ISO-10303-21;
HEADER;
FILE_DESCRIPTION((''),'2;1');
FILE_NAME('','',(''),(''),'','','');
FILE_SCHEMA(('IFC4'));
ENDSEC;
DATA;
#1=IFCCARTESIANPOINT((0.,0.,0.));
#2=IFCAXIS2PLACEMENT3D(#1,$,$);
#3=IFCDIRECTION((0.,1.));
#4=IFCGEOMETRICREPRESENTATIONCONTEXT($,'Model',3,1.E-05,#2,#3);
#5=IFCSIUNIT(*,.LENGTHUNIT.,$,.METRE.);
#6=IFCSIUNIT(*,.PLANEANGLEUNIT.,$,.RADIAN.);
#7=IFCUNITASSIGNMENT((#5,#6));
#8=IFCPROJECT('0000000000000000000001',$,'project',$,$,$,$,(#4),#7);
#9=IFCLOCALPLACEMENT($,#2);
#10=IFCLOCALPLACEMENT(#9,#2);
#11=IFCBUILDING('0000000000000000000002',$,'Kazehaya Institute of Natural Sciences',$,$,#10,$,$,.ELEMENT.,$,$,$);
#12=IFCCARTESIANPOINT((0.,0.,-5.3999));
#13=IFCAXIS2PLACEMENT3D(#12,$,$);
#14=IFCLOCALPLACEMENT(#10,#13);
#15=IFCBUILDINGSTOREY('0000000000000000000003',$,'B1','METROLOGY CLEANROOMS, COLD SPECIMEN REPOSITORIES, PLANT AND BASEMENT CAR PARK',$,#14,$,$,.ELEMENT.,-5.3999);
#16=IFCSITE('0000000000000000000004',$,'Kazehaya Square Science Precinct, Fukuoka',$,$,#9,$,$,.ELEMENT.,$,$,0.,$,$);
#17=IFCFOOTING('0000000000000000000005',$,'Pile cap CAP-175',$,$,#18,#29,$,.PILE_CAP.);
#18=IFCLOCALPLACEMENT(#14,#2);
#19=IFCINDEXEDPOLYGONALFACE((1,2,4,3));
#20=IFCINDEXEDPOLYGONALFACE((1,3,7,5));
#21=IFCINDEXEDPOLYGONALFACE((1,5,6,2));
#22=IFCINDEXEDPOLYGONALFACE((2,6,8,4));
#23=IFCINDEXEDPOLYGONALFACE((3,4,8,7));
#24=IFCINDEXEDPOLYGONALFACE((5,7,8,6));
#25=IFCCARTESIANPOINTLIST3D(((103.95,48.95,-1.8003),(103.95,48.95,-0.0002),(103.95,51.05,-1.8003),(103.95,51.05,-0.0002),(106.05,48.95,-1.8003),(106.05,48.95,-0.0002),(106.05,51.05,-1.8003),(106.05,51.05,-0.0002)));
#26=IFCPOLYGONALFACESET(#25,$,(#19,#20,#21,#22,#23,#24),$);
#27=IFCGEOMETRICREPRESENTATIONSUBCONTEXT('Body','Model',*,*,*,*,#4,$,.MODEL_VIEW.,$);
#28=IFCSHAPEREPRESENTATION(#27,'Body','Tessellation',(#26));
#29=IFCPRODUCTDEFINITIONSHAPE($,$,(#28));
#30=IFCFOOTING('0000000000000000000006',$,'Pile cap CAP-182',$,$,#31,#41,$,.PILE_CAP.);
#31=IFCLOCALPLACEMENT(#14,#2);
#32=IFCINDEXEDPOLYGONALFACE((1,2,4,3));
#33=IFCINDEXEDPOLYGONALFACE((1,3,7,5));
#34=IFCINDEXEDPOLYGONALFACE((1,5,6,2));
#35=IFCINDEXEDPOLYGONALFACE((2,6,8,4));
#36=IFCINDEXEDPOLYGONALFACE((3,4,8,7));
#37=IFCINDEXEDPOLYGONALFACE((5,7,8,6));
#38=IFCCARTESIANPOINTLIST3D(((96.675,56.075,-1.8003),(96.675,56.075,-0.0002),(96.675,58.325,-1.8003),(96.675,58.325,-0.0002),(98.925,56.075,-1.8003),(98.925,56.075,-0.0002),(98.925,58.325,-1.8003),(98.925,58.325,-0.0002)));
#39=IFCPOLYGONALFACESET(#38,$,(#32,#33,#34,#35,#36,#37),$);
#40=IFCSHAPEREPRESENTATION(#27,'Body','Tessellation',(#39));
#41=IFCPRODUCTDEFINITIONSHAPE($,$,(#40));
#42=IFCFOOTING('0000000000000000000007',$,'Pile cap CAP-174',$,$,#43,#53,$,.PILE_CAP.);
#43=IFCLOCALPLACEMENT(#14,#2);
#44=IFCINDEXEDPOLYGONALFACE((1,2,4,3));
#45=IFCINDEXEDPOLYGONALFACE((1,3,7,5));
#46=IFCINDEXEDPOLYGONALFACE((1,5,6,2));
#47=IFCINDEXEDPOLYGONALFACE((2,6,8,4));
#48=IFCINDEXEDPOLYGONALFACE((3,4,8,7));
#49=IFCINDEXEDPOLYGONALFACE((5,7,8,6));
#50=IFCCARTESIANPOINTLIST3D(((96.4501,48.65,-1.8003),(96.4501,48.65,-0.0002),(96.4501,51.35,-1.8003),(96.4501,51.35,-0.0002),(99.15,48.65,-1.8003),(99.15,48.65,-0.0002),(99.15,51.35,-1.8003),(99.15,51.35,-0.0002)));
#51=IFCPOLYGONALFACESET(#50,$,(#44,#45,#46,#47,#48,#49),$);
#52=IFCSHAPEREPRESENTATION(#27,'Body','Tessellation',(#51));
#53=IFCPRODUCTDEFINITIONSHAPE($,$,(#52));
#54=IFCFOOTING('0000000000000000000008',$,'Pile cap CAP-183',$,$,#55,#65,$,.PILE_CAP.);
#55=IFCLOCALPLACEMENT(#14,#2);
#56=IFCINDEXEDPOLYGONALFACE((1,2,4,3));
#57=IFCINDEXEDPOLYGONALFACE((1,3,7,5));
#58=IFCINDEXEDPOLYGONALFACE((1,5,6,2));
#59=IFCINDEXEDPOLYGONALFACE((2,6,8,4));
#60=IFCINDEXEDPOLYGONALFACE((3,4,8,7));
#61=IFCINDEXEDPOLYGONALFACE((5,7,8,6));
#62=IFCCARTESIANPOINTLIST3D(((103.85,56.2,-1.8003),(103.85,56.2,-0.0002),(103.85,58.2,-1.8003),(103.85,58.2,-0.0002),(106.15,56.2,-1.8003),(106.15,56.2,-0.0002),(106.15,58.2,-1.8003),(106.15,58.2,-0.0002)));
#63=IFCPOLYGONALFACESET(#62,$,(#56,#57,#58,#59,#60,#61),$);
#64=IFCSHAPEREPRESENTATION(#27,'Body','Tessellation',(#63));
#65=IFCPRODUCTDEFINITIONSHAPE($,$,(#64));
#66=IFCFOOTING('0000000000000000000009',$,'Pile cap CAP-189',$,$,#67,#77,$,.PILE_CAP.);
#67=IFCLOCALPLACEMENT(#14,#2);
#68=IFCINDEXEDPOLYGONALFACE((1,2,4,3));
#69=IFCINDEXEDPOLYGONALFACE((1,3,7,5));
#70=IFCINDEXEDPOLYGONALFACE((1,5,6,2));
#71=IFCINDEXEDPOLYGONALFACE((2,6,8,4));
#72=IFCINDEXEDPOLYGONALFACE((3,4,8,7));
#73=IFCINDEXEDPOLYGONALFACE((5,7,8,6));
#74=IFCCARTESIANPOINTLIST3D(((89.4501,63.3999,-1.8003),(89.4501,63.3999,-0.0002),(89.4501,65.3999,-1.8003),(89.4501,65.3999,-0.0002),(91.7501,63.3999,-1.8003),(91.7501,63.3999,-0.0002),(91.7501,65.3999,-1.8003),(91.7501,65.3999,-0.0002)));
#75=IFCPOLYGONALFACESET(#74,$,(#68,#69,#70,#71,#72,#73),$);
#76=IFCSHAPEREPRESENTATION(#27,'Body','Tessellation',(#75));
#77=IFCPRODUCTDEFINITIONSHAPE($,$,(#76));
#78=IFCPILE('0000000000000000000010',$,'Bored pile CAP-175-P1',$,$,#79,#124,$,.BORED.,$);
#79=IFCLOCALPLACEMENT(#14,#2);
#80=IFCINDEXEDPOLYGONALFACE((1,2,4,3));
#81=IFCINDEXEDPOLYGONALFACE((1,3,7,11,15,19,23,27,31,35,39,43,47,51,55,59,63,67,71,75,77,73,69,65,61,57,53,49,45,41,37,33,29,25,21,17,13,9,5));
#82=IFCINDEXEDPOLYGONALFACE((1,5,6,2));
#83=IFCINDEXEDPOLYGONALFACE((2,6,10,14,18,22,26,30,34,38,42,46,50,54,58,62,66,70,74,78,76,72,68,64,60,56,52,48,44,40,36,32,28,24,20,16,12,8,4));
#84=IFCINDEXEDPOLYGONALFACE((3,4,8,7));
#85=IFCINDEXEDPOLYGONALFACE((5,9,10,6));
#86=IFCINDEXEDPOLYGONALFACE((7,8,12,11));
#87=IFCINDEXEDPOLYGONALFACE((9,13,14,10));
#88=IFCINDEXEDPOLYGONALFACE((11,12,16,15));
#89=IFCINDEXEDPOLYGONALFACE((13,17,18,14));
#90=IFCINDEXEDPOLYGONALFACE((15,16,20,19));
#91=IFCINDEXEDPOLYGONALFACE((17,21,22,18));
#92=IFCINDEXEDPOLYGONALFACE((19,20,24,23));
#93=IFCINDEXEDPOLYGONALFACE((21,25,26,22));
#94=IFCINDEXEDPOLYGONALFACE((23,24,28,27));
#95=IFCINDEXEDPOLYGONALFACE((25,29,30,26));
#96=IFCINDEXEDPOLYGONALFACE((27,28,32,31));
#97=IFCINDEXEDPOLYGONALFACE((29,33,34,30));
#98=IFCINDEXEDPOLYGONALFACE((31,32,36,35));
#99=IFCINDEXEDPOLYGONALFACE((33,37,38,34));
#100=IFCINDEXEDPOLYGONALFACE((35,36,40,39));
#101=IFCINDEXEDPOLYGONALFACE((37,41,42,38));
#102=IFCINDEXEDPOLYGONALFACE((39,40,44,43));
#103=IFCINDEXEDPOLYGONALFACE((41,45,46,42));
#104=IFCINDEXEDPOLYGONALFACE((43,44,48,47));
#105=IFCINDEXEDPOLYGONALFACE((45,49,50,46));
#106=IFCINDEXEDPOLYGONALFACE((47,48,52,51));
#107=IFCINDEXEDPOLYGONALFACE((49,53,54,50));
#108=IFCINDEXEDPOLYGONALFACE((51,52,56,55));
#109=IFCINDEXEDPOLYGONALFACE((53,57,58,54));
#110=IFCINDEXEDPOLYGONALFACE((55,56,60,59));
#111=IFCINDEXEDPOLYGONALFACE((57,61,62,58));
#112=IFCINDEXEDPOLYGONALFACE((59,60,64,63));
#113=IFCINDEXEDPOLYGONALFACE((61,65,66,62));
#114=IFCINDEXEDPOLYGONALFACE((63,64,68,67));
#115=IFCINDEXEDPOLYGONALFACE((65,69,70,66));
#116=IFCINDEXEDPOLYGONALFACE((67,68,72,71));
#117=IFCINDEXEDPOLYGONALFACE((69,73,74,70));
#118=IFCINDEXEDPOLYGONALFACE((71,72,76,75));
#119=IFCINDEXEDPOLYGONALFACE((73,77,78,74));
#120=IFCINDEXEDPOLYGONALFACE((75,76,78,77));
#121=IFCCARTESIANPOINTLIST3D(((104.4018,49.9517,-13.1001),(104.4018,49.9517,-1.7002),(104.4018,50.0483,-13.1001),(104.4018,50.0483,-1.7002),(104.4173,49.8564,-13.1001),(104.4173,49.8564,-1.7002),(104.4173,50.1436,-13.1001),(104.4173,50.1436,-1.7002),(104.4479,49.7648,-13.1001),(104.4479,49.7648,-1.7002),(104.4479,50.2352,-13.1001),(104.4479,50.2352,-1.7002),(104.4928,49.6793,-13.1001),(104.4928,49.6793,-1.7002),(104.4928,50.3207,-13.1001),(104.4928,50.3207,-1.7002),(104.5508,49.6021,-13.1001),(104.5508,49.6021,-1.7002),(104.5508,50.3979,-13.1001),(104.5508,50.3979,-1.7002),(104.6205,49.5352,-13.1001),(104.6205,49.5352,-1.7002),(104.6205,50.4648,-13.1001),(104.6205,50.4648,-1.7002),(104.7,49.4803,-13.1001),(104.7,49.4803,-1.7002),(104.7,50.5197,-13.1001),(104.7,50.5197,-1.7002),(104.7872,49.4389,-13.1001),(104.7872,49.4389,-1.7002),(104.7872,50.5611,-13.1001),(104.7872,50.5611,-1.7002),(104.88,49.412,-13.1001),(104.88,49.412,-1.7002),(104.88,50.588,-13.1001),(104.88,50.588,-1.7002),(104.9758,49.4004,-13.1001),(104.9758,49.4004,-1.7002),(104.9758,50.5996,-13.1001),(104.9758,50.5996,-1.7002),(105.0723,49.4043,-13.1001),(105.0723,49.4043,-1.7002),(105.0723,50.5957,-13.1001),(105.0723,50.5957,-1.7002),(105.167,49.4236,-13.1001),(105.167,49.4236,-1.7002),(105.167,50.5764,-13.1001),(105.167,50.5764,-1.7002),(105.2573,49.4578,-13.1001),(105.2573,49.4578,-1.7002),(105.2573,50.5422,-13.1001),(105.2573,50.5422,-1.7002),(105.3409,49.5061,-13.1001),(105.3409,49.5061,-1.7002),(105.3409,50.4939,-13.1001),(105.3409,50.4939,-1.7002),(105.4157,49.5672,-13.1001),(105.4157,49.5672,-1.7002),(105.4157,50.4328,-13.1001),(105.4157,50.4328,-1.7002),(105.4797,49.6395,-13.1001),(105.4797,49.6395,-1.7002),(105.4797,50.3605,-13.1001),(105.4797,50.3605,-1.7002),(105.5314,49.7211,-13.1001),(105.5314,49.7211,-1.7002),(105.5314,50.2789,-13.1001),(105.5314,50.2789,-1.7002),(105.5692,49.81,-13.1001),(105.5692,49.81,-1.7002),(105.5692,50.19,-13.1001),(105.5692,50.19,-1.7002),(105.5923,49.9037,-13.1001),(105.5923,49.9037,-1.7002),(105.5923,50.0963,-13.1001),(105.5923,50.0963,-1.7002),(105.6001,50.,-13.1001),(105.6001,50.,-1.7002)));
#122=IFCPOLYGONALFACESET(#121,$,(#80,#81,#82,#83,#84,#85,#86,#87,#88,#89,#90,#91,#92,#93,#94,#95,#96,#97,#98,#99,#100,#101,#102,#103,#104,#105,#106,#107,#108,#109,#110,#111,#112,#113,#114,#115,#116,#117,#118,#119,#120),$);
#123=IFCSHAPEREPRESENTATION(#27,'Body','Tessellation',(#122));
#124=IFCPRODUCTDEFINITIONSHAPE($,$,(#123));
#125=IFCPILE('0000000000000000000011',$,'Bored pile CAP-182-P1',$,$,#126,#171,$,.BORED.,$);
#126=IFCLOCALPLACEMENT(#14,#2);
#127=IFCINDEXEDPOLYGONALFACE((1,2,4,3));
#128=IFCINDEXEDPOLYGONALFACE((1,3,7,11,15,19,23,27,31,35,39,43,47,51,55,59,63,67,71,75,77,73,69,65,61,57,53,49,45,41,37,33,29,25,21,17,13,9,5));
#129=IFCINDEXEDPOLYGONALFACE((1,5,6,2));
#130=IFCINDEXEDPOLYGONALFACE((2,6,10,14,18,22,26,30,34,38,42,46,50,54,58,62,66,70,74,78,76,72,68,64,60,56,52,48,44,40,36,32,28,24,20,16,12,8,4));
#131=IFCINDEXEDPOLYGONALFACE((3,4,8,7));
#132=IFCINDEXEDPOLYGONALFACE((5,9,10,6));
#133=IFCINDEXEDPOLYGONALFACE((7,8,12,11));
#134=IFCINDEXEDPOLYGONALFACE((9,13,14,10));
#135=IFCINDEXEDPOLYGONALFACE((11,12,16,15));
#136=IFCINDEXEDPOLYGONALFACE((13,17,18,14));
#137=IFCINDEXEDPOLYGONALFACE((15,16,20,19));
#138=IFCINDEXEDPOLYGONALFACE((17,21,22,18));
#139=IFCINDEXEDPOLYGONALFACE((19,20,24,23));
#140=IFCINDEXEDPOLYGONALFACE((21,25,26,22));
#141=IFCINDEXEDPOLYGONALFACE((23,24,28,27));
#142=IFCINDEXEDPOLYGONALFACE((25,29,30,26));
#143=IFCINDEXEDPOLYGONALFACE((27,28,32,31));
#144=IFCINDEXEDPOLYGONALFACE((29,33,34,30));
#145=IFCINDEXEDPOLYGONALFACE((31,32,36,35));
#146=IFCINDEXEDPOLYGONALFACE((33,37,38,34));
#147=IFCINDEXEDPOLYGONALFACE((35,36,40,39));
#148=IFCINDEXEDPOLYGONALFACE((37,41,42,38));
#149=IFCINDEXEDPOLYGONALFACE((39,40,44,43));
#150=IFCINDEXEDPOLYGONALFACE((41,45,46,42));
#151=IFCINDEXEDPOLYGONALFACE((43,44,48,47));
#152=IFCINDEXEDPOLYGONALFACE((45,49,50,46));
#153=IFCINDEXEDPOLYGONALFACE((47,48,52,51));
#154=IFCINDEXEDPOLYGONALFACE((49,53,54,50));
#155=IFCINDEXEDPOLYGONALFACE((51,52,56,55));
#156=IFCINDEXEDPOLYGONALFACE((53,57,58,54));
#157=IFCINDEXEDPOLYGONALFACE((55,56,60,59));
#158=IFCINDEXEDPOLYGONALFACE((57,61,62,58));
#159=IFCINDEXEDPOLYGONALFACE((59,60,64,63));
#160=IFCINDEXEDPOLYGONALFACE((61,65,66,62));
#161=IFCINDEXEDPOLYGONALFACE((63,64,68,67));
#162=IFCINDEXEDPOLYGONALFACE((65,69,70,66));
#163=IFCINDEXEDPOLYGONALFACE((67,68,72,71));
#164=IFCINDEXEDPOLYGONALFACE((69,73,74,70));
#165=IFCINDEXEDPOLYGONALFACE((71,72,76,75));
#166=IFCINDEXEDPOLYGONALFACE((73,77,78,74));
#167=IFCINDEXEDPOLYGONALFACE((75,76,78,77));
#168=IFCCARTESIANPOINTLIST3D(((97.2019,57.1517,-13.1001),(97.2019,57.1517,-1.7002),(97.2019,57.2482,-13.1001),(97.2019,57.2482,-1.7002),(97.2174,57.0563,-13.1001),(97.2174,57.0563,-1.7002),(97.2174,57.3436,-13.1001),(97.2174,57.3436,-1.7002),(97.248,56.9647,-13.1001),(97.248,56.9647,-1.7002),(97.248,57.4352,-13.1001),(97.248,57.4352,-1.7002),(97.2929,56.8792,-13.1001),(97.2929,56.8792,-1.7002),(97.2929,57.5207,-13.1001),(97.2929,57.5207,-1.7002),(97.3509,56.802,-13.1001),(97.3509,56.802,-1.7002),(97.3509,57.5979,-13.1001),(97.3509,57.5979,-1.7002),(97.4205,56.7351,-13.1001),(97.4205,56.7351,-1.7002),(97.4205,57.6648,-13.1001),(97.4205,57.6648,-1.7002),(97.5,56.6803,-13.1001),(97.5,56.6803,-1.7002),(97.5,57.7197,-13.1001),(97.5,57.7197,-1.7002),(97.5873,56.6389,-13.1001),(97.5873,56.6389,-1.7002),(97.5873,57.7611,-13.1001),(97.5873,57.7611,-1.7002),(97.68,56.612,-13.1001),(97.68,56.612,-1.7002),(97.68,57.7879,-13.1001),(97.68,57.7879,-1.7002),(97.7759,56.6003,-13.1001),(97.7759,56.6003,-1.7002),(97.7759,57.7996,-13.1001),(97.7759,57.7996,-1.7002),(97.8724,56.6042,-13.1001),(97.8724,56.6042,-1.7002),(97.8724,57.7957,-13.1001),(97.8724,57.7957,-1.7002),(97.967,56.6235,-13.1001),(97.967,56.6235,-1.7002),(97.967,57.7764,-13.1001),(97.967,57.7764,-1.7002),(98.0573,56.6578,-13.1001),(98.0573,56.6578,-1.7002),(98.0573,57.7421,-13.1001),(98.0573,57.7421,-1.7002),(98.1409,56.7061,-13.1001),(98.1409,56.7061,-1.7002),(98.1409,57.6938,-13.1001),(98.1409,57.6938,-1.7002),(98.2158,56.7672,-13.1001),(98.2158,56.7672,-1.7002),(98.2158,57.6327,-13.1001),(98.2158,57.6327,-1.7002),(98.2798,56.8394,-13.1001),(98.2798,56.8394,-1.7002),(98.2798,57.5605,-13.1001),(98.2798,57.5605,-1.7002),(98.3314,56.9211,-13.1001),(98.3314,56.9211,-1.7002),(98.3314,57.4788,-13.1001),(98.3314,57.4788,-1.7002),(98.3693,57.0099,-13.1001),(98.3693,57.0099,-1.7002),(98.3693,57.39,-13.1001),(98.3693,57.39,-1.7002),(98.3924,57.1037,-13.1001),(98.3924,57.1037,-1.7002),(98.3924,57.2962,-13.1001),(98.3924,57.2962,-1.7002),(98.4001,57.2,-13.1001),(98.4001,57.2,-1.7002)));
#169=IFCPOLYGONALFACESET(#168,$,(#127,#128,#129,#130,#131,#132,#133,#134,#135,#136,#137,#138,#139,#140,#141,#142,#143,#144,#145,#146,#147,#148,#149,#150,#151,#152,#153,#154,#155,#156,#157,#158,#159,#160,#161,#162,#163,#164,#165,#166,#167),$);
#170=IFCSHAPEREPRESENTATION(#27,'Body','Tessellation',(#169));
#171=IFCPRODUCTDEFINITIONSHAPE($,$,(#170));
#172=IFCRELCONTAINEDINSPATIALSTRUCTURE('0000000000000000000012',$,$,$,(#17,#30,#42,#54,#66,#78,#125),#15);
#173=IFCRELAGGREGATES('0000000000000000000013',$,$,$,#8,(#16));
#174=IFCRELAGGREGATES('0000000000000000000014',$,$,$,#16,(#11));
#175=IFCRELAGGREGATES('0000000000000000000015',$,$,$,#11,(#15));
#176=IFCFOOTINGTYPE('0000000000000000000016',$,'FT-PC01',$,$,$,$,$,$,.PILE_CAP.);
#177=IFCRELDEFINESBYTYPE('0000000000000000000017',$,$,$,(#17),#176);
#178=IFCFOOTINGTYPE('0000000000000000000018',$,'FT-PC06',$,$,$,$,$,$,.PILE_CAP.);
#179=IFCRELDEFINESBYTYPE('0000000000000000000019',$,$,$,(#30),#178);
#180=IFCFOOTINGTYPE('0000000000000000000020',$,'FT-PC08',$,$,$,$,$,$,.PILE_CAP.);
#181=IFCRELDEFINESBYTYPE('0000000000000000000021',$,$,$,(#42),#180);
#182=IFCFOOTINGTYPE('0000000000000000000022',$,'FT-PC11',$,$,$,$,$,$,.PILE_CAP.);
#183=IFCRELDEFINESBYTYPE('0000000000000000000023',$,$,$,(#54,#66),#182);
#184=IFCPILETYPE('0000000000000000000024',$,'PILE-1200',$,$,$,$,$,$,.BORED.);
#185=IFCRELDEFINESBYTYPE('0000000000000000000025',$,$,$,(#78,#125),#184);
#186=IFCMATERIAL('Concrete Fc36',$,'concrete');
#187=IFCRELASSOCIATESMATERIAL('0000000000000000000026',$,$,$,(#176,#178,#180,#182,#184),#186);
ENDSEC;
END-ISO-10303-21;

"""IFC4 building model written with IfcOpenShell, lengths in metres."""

from ifc_helpers import new_model, si_unit, direction, frame, origin, origin_2d, place, context, subcontext, project, spatial, rectangle, circle, extrude, material, material_profile, profile_set, type_object, element, save


model = new_model("IFC4")

# Units and contexts
model_context = context("Model", 3, precision=1e-05, world=origin(), true_north=direction((0.0, 1.0)))
body_context = subcontext(model_context, "Body", "Model", "MODEL_VIEW")
ifc_project = project(units=[si_unit("LENGTHUNIT", "METRE"), si_unit("PLANEANGLEUNIT", "RADIAN")], contexts=[model_context])

# Site, building, storey
site_placement = place(None, origin())
site = spatial("IfcSite", under=ifc_project, at=site_placement, Name="Kazehaya Square Science Precinct, Fukuoka", CompositionType="ELEMENT", RefElevation=0.0)
building_placement = place(site_placement, origin())
building = spatial("IfcBuilding", under=site, at=building_placement, Name="Kazehaya Institute of Natural Sciences", CompositionType="ELEMENT")
storey_placement = place(building_placement, frame((0.0, 0.0, -5.3999)))
storey = spatial("IfcBuildingStorey", under=building, at=storey_placement, Name="B1", Description="METROLOGY CLEANROOMS, COLD SPECIMEN REPOSITORIES, PLANT AND BASEMENT CAR PARK", CompositionType="ELEMENT", Elevation=-5.3999)

# Footings
ifc_material_1 = material(Name="Concrete Fc36", Category="concrete")
footing_type_1 = type_object("IfcFootingType", Name="FT-PC01", PredefinedType="PILE_CAP", material=ifc_material_1)
footing_1_placement = place(storey_placement, frame((105.0, 50.0, -1.8003), z_axis=(0.0, 0.0, 1.0), x_axis=(1.0, 0.0, 0.0)))
element("IfcFooting", 1, at=footing_1_placement, inside=storey, type_object=footing_type_1, Name="Pile cap CAP-175", PredefinedType="PILE_CAP", context=body_context, shape_type="SweptSolid", body=[
    extrude(rectangle(XDim=2.1001, YDim=2.1001, at=origin_2d()), origin(), (0.0, 0.0, 1.0), 1.8),
])
footing_type_2 = type_object("IfcFootingType", Name="FT-PC06", PredefinedType="PILE_CAP", material=ifc_material_1)
footing_2_placement = place(storey_placement, frame((97.8, 57.2, -1.8003), z_axis=(0.0, 0.0, 1.0), x_axis=(1.0, 0.0, 0.0)))
element("IfcFooting", 2, at=footing_2_placement, inside=storey, type_object=footing_type_2, Name="Pile cap CAP-182", PredefinedType="PILE_CAP", context=body_context, shape_type="SweptSolid", body=[
    extrude(rectangle(XDim=2.25, YDim=2.25, at=origin_2d()), origin(), (0.0, 0.0, 1.0), 1.8),
])
footing_type_3 = type_object("IfcFootingType", Name="FT-PC08", PredefinedType="PILE_CAP", material=ifc_material_1)
footing_3_placement = place(storey_placement, frame((97.8, 50.0, -1.8003), z_axis=(0.0, 0.0, 1.0), x_axis=(1.0, 0.0, 0.0)))
element("IfcFooting", 3, at=footing_3_placement, inside=storey, type_object=footing_type_3, Name="Pile cap CAP-174", PredefinedType="PILE_CAP", context=body_context, shape_type="SweptSolid", body=[
    extrude(rectangle(XDim=2.7, YDim=2.7, at=origin_2d()), origin(), (0.0, 0.0, 1.0), 1.8),
])
footing_type_4 = type_object("IfcFootingType", Name="FT-PC11", PredefinedType="PILE_CAP", material=ifc_material_1)
for number, where, z_axis, x_axis, name in (
    (4, (105.0, 57.2, -1.8003), (0.0, 0.0, 1.0), (1.0, 0.0, 0.0), "Pile cap CAP-183"),
    (5, (90.6001, 64.3999, -1.8003), (0.0, 0.0, 1.0), (1.0, 0.0, 0.0), "Pile cap CAP-189"),
):
    element("IfcFooting", number, at=place(storey_placement, frame(where, z_axis=z_axis, x_axis=x_axis)), inside=storey, type_object=footing_type_4, Name=name, PredefinedType="PILE_CAP", context=body_context, shape_type="SweptSolid", body=[
        extrude(rectangle(XDim=2.3, YDim=2.0, at=origin_2d()), origin(), (0.0, 0.0, 1.0), 1.8),
    ])

# Piles
ifc_material_profile_1 = material_profile(ifc_material_1, circle(Radius=0.6001, at=origin_2d()), Name="PILE-1200")
ifc_profile_set_1 = profile_set([ifc_material_profile_1], Name="Concrete Fc36")
pile_type_1 = type_object("IfcPileType", Name="PILE-1200", PredefinedType="BORED", material=ifc_profile_set_1)
for number, where, z_axis, x_axis, name in (
    (6, (105.0, 50.0, -1.7002), (0.0, 0.0, -1.0), (1.0, 0.0, 0.0), "Bored pile CAP-175-P1"),
    (7, (97.8, 57.2, -1.7002), (0.0, 0.0, -1.0), (1.0, 0.0, 0.0), "Bored pile CAP-182-P1"),
):
    element("IfcPile", number, at=place(storey_placement, frame(where, z_axis=z_axis, x_axis=x_axis)), inside=storey, type_object=pile_type_1, Name=name, PredefinedType="BORED", context=body_context, shape_type="SweptSolid", body=[
        extrude(circle(Radius=0.6001, at=origin_2d()), origin(), (0.0, 0.0, 1.0), 11.3999),
    ])

save(model, "model.ifc")
